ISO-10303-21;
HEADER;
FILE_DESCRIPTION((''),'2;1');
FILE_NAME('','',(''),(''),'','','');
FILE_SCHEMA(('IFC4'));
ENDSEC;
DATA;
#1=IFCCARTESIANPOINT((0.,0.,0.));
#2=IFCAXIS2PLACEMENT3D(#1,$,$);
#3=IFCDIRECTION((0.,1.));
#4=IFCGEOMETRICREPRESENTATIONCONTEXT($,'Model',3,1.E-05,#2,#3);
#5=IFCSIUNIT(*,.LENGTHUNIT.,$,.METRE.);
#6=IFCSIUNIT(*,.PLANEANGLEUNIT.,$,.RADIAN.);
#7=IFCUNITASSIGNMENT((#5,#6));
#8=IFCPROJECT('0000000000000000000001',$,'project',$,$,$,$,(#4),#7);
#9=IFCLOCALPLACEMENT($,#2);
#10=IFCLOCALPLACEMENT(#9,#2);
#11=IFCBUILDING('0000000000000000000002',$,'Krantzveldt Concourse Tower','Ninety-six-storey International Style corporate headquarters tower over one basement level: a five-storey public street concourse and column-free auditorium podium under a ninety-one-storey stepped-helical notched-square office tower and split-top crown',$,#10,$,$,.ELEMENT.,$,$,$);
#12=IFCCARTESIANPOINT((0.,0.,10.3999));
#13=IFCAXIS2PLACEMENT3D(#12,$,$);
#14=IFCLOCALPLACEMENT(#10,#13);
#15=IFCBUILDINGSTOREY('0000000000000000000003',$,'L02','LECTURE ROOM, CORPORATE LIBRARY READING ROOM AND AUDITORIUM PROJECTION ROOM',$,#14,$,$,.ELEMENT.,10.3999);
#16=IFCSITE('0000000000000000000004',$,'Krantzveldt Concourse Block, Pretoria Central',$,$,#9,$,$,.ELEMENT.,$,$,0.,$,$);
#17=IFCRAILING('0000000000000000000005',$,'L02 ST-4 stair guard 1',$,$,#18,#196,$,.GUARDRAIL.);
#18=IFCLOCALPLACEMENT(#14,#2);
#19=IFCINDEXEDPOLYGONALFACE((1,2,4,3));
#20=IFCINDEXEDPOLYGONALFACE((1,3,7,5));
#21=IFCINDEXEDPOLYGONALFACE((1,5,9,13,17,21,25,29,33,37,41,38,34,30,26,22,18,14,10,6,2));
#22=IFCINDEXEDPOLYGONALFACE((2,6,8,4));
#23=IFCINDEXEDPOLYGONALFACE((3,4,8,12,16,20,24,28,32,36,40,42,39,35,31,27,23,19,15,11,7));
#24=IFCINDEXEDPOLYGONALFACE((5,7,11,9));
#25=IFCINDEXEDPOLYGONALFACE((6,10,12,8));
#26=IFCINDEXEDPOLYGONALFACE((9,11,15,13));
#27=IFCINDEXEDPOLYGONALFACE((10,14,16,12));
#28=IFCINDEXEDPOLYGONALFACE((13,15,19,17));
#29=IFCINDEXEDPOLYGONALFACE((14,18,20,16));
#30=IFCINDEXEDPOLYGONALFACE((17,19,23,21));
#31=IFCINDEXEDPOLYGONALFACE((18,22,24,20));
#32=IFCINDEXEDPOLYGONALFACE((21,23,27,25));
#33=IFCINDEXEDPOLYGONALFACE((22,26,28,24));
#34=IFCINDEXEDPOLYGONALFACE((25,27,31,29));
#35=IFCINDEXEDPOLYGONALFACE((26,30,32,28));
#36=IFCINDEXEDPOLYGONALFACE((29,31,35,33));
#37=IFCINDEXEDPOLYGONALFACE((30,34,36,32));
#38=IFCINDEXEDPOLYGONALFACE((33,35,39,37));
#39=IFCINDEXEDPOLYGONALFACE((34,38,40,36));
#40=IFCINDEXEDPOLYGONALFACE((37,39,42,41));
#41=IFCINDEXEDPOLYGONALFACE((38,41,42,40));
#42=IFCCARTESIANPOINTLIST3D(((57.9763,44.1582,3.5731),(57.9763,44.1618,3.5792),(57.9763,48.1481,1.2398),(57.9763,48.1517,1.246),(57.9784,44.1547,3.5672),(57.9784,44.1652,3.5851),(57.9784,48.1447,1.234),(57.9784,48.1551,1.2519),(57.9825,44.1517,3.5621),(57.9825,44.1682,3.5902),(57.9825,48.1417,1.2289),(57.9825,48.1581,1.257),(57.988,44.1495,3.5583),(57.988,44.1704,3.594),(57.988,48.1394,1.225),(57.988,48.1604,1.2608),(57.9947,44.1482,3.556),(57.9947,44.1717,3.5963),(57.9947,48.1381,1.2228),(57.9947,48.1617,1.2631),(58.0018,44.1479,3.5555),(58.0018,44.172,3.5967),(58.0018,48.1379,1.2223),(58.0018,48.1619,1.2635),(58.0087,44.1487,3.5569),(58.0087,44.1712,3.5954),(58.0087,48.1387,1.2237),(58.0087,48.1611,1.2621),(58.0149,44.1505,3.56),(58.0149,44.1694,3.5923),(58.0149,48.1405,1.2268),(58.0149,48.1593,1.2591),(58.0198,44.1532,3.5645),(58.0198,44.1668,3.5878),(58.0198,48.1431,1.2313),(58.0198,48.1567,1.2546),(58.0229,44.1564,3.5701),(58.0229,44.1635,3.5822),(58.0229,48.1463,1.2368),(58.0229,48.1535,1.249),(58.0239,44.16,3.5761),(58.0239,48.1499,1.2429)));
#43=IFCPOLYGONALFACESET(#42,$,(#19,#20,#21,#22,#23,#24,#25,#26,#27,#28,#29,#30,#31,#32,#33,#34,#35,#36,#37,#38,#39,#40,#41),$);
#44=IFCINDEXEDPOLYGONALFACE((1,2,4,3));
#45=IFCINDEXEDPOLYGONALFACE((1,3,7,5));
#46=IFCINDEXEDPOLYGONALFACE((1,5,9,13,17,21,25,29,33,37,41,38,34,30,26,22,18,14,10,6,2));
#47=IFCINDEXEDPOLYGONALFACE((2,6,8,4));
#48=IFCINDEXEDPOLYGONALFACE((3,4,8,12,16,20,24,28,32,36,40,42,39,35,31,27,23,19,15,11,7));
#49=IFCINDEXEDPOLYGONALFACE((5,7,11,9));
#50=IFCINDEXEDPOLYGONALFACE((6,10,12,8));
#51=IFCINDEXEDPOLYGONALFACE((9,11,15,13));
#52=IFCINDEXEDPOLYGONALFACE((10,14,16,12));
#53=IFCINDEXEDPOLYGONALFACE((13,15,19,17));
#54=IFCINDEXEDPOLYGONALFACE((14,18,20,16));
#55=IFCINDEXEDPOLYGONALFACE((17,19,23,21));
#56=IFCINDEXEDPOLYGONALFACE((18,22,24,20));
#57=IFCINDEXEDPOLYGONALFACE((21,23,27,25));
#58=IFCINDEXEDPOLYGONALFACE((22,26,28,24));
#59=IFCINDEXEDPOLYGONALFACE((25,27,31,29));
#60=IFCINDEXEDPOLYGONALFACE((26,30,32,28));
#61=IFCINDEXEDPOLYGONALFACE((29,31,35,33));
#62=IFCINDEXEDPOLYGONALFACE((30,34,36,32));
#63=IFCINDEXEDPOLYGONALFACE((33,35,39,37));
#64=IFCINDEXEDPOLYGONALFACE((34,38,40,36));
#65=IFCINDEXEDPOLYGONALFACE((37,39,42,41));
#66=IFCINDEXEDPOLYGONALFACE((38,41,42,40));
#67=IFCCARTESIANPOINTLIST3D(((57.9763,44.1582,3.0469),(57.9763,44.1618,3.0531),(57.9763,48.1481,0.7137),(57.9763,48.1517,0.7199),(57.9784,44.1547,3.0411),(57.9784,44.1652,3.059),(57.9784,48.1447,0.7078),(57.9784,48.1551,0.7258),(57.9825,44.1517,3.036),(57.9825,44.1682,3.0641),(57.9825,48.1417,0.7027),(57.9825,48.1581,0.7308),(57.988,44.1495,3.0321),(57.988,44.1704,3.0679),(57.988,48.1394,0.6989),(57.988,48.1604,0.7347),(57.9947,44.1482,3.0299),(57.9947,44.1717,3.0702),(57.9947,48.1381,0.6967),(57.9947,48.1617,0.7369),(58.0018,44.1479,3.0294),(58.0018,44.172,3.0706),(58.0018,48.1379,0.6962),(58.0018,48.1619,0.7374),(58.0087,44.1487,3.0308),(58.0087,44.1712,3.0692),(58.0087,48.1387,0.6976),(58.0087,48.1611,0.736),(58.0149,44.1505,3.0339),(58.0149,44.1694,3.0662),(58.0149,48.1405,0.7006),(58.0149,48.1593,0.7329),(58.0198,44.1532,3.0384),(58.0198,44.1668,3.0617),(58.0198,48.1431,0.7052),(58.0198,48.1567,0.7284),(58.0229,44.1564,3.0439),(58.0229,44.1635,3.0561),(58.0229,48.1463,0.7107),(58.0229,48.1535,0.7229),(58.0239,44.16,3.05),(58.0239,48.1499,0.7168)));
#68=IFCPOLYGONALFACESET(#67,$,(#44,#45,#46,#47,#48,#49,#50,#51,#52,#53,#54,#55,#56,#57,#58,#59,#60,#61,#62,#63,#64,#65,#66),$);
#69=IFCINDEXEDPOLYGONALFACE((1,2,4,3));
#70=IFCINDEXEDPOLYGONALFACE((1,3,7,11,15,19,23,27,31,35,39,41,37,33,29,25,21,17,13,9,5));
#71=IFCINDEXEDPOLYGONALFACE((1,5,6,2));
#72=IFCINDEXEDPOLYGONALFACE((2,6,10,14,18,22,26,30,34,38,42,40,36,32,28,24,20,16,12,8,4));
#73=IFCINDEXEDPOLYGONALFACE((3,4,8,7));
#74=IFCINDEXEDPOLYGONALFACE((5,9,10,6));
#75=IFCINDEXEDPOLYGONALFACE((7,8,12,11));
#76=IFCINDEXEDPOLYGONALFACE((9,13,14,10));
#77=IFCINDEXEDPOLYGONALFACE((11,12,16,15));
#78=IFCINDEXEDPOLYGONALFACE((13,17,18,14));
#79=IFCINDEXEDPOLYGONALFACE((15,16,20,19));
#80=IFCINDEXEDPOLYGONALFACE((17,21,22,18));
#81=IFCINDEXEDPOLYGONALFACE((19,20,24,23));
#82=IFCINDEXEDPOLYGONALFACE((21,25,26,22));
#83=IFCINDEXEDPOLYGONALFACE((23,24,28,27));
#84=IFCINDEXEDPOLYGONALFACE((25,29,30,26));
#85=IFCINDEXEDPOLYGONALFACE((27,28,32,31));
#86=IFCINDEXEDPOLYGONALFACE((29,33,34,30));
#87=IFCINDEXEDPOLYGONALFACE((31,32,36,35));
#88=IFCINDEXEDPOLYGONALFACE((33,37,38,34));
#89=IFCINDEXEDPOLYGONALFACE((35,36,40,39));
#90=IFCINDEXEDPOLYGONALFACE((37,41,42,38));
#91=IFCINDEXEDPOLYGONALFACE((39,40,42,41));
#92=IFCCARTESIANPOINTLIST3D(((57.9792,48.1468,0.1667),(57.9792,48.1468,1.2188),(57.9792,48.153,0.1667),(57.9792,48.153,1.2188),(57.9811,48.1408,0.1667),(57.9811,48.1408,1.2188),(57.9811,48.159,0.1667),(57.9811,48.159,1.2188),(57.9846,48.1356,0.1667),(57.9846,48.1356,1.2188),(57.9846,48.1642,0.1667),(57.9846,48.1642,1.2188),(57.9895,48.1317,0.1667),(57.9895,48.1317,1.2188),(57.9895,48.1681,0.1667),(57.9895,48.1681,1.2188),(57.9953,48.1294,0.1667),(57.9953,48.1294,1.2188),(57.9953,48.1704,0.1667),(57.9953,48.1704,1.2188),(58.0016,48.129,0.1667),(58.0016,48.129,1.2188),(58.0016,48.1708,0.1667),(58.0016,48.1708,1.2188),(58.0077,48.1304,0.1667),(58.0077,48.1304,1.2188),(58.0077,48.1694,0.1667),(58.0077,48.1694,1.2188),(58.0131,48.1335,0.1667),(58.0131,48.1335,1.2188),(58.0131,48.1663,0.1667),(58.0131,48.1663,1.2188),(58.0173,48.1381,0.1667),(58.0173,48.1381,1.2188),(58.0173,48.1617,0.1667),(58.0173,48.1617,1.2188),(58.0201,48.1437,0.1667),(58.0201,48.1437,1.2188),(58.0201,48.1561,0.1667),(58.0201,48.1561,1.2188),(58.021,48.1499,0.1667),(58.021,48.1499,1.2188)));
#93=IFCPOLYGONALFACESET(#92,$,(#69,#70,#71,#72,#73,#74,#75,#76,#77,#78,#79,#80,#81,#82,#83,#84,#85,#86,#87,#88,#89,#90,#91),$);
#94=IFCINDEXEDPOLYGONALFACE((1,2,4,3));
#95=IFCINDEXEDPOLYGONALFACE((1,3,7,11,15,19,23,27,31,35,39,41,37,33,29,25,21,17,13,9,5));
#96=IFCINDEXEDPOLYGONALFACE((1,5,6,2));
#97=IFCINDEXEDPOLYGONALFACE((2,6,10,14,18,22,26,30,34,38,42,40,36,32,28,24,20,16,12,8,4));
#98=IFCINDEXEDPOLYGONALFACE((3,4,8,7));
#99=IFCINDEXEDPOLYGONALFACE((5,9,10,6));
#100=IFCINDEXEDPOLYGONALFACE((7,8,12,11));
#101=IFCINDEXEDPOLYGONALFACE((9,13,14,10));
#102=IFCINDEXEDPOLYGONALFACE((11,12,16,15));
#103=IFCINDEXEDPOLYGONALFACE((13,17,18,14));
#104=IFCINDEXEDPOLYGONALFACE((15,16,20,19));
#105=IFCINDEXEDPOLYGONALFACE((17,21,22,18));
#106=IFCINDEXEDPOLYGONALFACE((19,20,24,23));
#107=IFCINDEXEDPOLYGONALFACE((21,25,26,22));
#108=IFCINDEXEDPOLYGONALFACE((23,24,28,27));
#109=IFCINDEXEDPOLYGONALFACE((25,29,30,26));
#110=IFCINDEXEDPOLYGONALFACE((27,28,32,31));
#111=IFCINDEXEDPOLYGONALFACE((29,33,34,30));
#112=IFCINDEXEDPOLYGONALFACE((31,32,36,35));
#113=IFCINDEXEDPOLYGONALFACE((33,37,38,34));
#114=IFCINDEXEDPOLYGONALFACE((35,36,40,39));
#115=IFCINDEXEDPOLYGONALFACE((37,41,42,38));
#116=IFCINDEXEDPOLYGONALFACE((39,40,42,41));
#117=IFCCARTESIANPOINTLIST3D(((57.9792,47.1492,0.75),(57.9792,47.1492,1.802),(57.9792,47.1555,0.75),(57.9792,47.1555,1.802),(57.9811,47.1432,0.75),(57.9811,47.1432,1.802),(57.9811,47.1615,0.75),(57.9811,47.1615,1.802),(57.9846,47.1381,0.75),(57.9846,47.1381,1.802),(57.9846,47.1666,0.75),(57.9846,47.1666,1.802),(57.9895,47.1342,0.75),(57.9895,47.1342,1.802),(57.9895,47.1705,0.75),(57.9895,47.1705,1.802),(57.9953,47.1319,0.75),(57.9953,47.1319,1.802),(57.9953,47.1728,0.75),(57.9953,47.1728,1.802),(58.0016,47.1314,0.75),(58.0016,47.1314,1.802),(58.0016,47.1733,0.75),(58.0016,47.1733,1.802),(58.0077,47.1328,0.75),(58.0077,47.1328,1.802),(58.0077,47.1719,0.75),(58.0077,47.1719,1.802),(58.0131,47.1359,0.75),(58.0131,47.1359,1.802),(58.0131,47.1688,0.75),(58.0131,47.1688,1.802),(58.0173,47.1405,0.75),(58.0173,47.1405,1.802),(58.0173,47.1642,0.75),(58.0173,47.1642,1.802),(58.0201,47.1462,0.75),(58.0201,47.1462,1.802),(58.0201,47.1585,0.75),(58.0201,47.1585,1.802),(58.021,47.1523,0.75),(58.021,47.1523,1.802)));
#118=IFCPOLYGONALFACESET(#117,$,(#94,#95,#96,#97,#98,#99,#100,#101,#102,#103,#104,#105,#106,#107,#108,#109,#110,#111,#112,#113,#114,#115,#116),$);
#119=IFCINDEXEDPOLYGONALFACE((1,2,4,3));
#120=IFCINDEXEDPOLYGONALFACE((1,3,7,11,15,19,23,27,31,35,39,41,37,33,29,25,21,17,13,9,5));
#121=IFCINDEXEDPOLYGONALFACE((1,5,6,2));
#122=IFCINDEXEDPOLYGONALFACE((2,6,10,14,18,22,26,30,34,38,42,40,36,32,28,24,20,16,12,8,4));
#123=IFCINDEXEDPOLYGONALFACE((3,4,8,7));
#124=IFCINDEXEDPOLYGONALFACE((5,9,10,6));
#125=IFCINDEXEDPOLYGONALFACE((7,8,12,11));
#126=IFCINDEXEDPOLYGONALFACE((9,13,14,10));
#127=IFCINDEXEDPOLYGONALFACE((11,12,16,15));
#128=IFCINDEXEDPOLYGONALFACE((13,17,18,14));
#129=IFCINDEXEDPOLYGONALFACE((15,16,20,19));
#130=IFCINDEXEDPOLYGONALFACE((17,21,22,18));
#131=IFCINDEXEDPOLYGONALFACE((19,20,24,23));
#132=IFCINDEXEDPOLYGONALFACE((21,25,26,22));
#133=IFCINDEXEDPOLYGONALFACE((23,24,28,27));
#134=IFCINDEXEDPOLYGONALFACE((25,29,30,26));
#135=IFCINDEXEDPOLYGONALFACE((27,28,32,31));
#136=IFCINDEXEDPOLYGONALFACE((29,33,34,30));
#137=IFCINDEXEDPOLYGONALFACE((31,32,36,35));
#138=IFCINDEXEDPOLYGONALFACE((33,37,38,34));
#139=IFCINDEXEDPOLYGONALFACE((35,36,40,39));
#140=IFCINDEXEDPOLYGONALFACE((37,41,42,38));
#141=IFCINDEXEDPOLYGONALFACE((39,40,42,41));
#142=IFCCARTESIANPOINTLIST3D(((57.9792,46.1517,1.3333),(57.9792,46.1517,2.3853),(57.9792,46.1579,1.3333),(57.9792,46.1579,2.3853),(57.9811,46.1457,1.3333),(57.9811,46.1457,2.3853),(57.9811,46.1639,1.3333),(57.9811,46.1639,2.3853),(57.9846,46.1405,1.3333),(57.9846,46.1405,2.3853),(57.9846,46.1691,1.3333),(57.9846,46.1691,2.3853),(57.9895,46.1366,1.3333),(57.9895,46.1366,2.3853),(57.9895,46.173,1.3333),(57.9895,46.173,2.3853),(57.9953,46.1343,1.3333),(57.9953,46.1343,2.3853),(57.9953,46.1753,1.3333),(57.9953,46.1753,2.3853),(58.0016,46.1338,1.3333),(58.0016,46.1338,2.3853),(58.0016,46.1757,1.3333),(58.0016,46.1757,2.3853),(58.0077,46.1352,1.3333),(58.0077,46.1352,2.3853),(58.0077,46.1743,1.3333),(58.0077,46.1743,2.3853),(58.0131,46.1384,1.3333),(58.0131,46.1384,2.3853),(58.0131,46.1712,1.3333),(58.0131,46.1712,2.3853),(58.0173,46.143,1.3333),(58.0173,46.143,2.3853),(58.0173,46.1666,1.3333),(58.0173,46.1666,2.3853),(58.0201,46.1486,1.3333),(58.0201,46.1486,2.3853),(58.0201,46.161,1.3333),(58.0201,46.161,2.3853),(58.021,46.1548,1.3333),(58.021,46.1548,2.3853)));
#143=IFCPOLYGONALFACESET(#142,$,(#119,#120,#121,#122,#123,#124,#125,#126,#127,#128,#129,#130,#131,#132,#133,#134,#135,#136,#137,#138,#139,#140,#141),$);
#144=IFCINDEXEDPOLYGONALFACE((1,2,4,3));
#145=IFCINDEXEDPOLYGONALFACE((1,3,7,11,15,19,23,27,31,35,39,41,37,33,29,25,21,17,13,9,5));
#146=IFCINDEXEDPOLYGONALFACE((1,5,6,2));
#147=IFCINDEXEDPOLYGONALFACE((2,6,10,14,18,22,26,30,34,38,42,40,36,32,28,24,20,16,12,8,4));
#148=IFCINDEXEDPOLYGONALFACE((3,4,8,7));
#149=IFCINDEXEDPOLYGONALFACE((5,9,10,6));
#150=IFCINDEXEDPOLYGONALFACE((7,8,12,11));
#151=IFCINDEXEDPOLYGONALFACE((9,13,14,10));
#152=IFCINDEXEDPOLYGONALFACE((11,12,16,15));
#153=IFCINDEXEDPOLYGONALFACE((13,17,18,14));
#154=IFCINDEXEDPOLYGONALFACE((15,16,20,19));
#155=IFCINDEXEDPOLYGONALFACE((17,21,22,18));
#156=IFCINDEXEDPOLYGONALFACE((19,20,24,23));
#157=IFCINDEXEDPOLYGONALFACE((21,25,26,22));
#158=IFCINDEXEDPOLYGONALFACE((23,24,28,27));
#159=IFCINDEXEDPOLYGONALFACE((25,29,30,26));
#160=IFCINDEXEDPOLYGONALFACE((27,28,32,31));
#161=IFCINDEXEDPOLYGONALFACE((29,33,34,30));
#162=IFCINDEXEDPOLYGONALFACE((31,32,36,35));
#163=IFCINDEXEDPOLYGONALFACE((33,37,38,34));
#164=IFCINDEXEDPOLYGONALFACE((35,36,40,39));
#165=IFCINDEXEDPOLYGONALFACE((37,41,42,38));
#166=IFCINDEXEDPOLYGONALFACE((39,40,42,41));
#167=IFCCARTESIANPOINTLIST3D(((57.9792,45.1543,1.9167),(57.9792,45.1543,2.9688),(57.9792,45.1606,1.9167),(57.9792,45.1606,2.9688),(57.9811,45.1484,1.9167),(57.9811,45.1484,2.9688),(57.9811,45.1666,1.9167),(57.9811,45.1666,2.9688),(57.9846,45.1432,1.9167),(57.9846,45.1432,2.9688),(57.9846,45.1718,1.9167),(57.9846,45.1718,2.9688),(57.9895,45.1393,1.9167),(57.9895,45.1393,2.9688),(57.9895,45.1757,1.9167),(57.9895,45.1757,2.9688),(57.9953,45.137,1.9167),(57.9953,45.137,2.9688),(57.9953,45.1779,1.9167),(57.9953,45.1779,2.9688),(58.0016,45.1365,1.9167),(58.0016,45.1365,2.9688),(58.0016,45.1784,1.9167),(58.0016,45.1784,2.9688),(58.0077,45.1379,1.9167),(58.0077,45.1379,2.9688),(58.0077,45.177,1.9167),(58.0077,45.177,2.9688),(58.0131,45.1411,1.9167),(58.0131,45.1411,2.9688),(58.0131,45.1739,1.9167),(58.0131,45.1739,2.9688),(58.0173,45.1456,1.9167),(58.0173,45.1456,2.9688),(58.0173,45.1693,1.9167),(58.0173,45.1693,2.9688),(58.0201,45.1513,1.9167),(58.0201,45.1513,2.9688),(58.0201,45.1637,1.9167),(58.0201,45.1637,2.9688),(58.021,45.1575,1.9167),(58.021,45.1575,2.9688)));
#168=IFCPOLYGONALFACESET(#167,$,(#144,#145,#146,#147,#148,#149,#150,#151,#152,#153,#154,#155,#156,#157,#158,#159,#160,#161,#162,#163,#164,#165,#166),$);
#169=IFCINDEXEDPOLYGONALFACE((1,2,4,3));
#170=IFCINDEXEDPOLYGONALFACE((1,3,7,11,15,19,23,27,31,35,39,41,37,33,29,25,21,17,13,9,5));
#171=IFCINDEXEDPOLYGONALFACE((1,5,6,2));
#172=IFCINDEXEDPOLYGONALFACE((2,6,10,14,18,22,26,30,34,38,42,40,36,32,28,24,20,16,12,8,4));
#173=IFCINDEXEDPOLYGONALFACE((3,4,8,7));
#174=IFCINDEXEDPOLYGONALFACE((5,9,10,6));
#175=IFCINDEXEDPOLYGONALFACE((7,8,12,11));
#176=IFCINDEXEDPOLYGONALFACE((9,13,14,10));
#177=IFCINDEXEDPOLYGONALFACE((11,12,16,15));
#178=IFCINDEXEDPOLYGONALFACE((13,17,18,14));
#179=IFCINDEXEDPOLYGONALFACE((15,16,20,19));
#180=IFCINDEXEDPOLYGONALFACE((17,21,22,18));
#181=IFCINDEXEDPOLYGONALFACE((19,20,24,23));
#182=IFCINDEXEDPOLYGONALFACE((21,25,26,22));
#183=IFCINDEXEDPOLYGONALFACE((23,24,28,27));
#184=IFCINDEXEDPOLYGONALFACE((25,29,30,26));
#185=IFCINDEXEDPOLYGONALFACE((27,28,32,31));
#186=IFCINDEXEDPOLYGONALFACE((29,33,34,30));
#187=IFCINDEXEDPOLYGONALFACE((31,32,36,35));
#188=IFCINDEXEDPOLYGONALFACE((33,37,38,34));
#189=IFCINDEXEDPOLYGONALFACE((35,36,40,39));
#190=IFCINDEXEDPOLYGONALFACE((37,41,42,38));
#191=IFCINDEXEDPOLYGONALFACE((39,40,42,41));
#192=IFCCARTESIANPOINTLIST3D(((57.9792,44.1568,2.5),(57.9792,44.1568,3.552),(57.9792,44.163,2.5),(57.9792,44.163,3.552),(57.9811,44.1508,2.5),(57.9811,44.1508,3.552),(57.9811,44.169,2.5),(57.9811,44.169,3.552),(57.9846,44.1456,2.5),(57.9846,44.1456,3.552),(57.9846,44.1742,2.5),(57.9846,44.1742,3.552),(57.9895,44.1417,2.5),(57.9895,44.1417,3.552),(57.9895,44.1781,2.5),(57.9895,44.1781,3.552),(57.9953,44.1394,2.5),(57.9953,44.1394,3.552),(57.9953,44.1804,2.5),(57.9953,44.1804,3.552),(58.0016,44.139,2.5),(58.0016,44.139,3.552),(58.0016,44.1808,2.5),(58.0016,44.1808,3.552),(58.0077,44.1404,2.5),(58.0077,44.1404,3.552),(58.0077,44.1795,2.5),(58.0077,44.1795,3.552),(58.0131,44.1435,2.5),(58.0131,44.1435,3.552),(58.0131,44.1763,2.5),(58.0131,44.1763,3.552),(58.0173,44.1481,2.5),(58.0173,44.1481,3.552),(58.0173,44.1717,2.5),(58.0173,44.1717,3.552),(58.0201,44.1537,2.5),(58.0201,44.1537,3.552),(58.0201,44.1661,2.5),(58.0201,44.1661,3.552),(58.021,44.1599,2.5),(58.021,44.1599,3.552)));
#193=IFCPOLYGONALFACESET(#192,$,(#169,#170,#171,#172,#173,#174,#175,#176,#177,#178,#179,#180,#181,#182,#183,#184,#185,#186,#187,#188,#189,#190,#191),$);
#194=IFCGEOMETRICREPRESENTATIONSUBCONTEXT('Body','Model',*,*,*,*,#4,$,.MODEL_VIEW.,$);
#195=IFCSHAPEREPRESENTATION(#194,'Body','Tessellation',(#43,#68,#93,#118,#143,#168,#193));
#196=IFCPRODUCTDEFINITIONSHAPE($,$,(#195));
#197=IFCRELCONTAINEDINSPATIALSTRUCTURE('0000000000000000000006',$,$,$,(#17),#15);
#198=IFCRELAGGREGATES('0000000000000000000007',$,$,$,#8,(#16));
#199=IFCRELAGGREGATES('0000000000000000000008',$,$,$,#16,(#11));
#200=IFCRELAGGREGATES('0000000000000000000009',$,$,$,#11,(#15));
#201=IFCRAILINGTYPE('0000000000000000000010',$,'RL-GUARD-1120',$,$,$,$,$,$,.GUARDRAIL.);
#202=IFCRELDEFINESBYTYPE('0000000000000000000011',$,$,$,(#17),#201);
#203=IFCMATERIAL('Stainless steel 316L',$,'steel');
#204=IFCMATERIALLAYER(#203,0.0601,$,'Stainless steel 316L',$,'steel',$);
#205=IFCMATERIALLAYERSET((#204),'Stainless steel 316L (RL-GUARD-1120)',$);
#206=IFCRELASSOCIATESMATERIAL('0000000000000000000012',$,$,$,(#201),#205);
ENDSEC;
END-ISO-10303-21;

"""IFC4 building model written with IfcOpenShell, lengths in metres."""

from ifc_helpers import new_model, si_unit, direction, frame, origin, origin_2d, place, context, subcontext, project, spatial, circle, extrude, material, layer, layer_set, type_object, element, save


model = new_model("IFC4")

# Units and contexts
model_context = context("Model", 3, precision=1e-05, world=origin(), true_north=direction((0.0, 1.0)))
body_context = subcontext(model_context, "Body", "Model", "MODEL_VIEW")
ifc_project = project(units=[si_unit("LENGTHUNIT", "METRE"), si_unit("PLANEANGLEUNIT", "RADIAN")], contexts=[model_context])

# Site, building, storey
site_placement = place(None, origin())
site = spatial("IfcSite", under=ifc_project, at=site_placement, Name="Krantzveldt Concourse Block, Pretoria Central", CompositionType="ELEMENT", RefElevation=0.0)
building_placement = place(site_placement, origin())
building = spatial("IfcBuilding", under=site, at=building_placement, Name="Krantzveldt Concourse Tower", Description="Ninety-six-storey International Style corporate headquarters tower over one basement level: a five-storey public street concourse and column-free auditorium podium under a ninety-one-storey stepped-helical notched-square office tower and split-top crown", CompositionType="ELEMENT")
storey_placement = place(building_placement, frame((0.0, 0.0, 10.3999)))
storey = spatial("IfcBuildingStorey", under=building, at=storey_placement, Name="L02", Description="LECTURE ROOM, CORPORATE LIBRARY READING ROOM AND AUDITORIUM PROJECTION ROOM", CompositionType="ELEMENT", Elevation=10.3999)

# Railing
ifc_material_1 = material(Name="Stainless steel 316L", Category="steel")
ifc_layer_1 = layer(ifc_material_1, 0.0601, Name="Stainless steel 316L", Category="steel")
ifc_layer_set_1 = layer_set([ifc_layer_1], Name="Stainless steel 316L (RL-GUARD-1120)")
railing_type_1 = type_object("IfcRailingType", Name="RL-GUARD-1120", PredefinedType="GUARDRAIL", material=ifc_layer_set_1)
railing_1_placement = place(storey_placement, frame((58.0, 48.1499, 0.1667)))
element("IfcRailing", 1, at=railing_1_placement, inside=storey, type_object=railing_type_1, Name="L02 ST-4 stair guard 1", PredefinedType="GUARDRAIL", context=body_context, shape_type="SweptSolid", body=[
    extrude(circle(Radius=0.0239, at=origin_2d()), frame((0.0, 0.0, 1.0762), z_axis=(0.0, -0.863236, 0.5048), x_axis=(1.0, 0.0, 0.0)), (0.0, 0.0, 1.0), 4.6221),
    extrude(circle(Radius=0.0239, at=origin_2d()), frame((0.0, 0.0, 0.55), z_axis=(0.0, -0.863236, 0.5048), x_axis=(1.0, 0.0, 0.0)), (0.0, 0.0, 1.0), 4.6221),
    extrude(circle(Radius=0.021, at=origin_2d()), origin(), (0.0, 0.0, 1.0), 1.052),
    extrude(circle(Radius=0.021, at=origin_2d()), frame((0.0, -0.9976, 0.5833)), (0.0, 0.0, 1.0), 1.052),
    extrude(circle(Radius=0.021, at=origin_2d()), frame((0.0, -1.9951, 1.1665)), (0.0, 0.0, 1.0), 1.052),
    extrude(circle(Radius=0.021, at=origin_2d()), frame((0.0, -2.9924, 1.75)), (0.0, 0.0, 1.0), 1.052),
    extrude(circle(Radius=0.021, at=origin_2d()), frame((0.0, -3.99, 2.3333)), (0.0, 0.0, 1.0), 1.052),
])

save(model, "model.ifc")
